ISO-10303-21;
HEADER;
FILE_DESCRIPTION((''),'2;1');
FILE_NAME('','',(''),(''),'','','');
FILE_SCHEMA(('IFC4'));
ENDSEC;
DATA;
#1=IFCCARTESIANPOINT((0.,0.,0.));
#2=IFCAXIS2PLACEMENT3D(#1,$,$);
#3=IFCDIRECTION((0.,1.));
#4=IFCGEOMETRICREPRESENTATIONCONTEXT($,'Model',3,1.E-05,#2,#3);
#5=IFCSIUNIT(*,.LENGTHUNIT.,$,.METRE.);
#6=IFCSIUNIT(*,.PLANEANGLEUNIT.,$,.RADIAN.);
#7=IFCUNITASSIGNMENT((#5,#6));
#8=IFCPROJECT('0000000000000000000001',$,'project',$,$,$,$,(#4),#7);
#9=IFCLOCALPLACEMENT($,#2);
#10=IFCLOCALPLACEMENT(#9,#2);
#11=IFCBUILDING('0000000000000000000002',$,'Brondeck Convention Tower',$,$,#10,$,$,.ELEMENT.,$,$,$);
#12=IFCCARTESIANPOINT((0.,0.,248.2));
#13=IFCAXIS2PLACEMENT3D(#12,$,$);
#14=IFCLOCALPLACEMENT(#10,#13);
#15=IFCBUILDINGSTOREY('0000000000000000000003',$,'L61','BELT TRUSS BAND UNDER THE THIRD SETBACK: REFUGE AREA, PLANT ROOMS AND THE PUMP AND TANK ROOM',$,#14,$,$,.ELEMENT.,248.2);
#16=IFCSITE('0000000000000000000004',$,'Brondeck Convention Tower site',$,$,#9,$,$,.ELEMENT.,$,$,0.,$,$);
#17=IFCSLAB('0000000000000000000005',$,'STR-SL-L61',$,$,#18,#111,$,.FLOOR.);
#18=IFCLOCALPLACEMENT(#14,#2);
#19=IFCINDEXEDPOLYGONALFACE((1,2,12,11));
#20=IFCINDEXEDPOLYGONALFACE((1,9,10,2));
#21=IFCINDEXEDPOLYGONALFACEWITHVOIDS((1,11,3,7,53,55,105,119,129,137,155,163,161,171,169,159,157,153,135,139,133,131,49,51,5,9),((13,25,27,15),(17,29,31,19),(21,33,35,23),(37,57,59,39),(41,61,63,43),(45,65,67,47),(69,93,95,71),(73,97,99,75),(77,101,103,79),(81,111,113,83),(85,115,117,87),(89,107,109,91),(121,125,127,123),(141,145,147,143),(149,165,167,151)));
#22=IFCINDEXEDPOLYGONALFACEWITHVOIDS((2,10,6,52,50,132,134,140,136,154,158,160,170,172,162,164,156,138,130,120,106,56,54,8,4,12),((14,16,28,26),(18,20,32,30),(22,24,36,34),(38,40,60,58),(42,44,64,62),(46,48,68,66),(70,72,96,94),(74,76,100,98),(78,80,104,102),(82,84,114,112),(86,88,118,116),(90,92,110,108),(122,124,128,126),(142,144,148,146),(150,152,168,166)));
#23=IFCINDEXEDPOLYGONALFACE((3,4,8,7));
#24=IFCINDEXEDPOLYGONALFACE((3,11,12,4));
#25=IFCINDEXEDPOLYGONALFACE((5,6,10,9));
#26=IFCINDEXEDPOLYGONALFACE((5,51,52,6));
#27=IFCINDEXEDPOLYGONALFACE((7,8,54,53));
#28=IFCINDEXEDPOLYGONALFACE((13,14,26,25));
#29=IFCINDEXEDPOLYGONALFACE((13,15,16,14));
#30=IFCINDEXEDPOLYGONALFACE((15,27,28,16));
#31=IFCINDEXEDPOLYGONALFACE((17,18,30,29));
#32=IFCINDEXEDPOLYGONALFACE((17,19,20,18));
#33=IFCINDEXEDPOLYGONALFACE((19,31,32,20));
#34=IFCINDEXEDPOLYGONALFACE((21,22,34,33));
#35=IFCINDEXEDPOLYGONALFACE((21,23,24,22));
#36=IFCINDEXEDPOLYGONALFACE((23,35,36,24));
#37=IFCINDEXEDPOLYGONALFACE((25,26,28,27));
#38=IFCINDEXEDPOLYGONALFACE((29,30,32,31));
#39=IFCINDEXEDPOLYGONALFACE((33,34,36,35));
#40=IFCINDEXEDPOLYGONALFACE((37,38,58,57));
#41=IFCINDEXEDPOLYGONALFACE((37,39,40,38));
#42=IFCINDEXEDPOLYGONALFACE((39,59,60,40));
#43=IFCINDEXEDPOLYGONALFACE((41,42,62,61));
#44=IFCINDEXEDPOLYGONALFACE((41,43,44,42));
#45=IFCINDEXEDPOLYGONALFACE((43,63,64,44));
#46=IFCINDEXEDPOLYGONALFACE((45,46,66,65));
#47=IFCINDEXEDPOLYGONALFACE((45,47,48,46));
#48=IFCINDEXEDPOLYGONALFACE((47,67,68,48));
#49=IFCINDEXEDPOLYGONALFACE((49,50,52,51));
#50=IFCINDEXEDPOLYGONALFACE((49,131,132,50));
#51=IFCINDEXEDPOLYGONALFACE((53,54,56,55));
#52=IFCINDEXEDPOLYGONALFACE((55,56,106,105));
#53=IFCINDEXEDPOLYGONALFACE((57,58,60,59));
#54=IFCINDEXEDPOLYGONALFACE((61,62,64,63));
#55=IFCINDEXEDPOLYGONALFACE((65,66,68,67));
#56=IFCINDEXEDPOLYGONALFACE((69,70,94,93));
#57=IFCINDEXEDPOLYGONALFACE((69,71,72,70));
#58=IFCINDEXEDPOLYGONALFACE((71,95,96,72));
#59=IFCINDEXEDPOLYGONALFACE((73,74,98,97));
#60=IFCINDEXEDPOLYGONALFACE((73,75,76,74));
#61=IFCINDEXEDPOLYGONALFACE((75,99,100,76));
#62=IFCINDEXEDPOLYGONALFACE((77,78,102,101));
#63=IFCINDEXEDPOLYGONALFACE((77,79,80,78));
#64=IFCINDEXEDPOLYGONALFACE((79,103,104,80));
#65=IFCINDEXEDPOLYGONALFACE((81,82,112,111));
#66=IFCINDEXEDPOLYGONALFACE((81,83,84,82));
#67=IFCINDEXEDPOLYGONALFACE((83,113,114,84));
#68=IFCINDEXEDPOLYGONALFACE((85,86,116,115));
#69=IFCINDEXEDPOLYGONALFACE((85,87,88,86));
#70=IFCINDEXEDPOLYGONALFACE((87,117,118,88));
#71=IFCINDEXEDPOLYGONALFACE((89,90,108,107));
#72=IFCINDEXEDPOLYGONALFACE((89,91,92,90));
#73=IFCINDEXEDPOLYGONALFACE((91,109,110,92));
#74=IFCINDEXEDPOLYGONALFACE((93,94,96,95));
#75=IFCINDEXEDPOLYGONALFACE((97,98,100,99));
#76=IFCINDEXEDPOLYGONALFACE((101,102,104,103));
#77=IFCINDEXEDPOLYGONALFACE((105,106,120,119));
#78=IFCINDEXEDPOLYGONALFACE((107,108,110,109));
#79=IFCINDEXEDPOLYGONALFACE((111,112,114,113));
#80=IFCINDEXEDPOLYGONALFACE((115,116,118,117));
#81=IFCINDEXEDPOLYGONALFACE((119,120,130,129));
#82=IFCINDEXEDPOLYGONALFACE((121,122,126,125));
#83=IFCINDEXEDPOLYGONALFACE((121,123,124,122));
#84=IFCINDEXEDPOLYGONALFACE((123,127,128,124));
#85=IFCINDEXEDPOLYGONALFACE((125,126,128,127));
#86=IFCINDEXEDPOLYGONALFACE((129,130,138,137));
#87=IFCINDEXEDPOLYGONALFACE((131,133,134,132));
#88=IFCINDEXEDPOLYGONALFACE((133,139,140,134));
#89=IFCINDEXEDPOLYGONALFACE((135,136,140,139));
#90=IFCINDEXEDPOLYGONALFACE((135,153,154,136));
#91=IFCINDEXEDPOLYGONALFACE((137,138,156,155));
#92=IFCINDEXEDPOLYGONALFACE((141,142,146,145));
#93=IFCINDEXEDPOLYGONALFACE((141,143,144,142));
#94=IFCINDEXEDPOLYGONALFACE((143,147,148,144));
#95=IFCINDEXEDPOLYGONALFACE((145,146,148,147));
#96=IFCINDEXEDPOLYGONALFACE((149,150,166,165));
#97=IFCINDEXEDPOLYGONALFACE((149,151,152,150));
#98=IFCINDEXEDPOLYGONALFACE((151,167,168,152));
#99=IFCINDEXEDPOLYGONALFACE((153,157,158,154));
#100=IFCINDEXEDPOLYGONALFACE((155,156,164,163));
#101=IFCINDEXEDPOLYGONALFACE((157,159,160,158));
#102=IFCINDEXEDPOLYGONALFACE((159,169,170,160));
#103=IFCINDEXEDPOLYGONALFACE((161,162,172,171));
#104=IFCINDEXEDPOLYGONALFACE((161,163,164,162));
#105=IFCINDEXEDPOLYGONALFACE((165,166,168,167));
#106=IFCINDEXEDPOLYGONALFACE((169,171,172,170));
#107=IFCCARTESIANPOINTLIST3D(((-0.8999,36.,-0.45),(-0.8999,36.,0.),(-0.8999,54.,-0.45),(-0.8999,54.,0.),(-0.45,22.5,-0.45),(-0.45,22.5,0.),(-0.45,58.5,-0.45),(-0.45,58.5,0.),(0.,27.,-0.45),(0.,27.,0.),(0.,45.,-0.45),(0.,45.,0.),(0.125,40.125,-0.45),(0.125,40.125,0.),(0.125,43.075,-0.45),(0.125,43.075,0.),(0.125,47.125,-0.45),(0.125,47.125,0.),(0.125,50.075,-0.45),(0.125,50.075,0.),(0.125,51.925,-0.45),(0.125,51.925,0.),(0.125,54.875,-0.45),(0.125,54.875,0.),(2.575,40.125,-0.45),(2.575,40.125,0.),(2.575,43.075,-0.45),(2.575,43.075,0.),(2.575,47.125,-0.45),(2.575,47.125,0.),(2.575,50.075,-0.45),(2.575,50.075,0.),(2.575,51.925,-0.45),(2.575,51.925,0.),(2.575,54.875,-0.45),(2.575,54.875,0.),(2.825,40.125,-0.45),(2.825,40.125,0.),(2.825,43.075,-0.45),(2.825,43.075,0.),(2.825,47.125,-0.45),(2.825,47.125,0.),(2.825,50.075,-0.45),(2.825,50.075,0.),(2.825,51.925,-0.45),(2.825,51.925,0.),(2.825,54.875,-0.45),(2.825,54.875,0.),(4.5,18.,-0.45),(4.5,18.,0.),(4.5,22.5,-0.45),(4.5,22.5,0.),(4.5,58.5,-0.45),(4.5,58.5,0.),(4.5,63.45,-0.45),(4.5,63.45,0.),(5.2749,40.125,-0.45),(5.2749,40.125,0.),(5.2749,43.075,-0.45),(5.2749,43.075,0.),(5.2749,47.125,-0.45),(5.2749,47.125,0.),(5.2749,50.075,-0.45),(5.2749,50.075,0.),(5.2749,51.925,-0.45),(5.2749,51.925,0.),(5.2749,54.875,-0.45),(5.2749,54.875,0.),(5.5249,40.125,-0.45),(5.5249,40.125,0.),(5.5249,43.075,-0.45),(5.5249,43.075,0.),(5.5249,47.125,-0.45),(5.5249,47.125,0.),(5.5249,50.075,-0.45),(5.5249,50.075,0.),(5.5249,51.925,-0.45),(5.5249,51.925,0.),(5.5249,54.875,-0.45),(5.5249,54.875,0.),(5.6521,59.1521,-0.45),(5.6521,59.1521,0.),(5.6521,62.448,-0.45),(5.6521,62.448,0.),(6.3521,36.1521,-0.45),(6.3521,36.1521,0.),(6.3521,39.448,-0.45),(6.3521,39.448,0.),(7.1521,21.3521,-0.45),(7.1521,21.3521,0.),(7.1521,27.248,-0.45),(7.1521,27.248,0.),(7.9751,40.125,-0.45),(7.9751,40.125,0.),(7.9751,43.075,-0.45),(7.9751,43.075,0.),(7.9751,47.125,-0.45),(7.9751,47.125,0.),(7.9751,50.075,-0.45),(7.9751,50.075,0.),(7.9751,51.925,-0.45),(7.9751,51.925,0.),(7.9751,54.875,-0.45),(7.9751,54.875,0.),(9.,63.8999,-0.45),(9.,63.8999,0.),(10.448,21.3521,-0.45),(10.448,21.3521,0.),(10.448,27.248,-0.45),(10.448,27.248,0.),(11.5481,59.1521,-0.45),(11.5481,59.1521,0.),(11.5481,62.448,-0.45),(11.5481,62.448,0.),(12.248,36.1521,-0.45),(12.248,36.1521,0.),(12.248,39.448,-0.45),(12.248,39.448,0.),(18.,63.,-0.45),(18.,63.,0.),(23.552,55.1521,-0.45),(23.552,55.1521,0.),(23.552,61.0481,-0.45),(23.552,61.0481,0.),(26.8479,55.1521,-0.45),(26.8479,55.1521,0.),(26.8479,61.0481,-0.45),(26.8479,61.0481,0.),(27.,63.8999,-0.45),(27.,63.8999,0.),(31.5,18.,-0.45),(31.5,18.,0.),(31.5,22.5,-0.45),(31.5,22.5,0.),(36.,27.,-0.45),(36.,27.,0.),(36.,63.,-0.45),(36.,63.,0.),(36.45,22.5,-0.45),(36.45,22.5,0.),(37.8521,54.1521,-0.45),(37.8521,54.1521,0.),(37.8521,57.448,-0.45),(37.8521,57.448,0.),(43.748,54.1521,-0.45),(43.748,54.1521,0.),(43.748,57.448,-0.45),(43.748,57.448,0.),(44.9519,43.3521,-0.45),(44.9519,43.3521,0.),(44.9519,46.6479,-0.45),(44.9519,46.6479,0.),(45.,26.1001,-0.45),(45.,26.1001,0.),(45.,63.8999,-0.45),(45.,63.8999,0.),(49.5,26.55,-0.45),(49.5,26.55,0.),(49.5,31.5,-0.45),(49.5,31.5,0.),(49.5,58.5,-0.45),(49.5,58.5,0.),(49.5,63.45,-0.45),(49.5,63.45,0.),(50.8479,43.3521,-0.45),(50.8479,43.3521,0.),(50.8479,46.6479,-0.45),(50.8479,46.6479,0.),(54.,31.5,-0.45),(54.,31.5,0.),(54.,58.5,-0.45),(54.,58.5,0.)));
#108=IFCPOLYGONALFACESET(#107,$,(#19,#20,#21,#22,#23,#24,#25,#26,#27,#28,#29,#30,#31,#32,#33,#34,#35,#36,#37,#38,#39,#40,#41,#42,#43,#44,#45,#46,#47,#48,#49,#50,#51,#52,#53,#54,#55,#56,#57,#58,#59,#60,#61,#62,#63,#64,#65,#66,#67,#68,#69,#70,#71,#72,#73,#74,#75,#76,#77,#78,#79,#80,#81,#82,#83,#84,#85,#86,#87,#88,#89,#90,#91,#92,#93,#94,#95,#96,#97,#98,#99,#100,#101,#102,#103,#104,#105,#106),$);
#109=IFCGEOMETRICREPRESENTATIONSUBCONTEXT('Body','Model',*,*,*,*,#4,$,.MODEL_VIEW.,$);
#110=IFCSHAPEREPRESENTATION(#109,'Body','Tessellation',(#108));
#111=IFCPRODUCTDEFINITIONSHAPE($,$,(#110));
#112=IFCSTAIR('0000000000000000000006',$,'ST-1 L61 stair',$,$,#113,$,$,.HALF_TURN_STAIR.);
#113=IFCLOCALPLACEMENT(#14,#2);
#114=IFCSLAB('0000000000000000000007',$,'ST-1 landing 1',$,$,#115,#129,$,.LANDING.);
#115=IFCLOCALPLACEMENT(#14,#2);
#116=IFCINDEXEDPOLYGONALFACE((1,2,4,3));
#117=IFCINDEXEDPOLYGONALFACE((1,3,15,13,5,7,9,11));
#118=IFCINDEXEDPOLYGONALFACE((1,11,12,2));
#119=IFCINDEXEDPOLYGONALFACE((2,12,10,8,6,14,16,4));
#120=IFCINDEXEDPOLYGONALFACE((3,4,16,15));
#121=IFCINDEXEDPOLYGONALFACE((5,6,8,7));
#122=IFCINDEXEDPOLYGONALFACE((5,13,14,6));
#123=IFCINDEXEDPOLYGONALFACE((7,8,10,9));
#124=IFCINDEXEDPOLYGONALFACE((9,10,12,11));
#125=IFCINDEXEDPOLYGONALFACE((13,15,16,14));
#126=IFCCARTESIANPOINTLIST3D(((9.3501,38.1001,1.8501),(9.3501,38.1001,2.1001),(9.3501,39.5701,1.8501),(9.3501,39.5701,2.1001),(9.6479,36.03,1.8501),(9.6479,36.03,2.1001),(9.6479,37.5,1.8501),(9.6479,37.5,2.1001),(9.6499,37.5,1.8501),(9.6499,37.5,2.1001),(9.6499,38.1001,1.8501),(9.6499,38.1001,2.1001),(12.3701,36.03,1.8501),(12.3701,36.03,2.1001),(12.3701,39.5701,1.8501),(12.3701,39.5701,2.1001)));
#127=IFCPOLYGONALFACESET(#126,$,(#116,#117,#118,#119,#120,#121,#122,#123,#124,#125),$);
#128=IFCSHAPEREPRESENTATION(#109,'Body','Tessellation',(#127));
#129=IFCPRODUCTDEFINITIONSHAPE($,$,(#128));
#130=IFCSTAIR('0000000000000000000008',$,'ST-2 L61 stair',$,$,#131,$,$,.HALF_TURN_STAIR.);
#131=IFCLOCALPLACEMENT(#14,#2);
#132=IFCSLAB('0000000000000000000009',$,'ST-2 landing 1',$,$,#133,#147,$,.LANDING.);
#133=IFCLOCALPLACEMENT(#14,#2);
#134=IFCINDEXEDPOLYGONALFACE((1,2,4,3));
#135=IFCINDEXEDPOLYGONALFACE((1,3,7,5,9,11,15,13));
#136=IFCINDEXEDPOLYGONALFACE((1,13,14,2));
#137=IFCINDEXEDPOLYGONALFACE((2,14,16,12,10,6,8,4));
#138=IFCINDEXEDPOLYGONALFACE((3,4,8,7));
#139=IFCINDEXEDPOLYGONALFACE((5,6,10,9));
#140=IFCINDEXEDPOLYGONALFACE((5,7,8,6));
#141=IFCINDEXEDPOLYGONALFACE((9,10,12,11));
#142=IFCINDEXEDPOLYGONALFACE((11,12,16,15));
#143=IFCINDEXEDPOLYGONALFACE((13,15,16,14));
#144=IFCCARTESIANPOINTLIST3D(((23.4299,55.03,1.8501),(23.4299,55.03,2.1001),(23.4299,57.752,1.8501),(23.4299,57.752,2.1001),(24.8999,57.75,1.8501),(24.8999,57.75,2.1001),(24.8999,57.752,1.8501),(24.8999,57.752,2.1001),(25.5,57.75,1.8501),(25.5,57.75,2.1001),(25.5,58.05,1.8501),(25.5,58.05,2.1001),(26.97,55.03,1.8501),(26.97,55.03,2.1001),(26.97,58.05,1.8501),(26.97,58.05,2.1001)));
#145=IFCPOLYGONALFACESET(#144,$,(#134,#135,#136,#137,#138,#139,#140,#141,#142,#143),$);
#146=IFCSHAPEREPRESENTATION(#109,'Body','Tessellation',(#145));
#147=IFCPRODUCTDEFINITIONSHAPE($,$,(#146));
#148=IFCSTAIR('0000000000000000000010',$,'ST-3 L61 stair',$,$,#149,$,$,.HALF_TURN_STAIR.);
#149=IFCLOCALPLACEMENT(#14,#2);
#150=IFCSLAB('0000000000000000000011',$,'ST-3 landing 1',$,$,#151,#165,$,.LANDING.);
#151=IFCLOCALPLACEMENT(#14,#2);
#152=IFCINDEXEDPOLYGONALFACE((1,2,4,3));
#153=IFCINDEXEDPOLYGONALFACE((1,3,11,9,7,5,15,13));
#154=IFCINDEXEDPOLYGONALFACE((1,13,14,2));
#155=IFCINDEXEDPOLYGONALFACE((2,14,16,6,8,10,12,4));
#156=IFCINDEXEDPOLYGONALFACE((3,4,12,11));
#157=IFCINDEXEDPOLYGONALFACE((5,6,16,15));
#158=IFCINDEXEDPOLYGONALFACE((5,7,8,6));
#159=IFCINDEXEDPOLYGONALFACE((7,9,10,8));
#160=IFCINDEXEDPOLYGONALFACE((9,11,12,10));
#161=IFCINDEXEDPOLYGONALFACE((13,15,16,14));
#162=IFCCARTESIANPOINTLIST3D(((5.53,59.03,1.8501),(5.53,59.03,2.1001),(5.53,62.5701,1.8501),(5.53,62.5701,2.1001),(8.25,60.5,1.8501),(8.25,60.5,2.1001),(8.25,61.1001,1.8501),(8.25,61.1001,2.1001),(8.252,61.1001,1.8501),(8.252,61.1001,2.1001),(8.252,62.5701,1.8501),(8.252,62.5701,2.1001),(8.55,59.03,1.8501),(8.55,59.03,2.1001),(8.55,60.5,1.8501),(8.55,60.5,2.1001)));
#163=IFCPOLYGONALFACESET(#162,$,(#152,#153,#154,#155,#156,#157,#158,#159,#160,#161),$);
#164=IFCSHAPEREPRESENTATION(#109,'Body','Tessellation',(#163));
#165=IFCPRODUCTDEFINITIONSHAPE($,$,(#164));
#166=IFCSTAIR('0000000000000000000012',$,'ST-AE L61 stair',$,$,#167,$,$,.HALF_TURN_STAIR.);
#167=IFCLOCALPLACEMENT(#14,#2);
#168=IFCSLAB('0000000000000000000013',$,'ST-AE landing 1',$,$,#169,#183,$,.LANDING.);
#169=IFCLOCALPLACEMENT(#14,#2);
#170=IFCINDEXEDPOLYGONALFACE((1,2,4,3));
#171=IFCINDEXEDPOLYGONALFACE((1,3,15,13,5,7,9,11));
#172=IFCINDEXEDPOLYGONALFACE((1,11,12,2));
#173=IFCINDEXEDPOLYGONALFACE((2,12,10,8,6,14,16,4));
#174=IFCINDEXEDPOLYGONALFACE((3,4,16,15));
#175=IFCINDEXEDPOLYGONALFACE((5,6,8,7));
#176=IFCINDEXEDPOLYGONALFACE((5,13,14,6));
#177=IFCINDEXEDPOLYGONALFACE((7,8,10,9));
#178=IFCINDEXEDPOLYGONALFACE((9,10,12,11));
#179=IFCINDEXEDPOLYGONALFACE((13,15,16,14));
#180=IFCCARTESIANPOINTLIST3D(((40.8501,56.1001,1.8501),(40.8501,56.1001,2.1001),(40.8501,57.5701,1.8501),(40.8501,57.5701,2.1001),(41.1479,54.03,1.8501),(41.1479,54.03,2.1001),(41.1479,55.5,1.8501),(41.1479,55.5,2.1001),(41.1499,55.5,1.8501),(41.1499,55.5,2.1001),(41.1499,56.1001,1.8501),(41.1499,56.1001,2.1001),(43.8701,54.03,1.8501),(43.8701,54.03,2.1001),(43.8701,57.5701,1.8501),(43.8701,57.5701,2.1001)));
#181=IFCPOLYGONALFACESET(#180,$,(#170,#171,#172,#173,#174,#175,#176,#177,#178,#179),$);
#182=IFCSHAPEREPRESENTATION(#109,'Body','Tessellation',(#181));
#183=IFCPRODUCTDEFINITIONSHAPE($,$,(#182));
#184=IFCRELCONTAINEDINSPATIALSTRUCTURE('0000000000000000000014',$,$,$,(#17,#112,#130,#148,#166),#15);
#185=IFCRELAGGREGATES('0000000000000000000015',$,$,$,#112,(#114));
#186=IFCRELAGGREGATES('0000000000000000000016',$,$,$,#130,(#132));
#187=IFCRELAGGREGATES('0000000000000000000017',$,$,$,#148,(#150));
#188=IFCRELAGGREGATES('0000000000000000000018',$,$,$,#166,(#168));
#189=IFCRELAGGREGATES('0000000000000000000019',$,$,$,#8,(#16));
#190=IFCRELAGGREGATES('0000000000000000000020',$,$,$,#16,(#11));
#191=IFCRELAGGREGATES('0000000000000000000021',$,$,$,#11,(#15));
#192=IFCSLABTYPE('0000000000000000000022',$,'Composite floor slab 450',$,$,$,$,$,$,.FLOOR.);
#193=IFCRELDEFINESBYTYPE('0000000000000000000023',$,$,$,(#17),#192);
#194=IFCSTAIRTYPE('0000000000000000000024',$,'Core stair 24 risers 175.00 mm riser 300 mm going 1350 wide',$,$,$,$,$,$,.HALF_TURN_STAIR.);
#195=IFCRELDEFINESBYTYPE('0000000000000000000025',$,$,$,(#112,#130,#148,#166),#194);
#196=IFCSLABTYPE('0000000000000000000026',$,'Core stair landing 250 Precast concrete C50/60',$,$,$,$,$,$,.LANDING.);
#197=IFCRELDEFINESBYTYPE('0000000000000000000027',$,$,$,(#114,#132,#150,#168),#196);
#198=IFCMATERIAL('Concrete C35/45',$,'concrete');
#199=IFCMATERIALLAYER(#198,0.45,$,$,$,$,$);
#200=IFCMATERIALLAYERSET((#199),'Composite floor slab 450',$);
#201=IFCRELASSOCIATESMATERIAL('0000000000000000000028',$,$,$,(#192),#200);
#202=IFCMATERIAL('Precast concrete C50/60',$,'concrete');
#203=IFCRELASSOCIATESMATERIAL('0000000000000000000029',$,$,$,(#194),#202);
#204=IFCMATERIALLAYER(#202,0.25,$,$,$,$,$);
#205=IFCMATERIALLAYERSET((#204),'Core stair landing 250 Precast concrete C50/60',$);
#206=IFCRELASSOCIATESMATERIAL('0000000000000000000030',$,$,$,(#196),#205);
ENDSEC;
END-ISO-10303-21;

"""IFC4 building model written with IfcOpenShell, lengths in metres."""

from ifc_helpers import new_model, si_unit, direction, frame, origin, place, context, subcontext, project, spatial, polyline, outline, extrude, material, layer, layer_set, type_object, element, aggregate, save


model = new_model("IFC4")

# Units and contexts
model_context = context("Model", 3, precision=1e-05, world=origin(), true_north=direction((0.0, 1.0)))
body_context = subcontext(model_context, "Body", "Model", "MODEL_VIEW")
ifc_project = project(units=[si_unit("LENGTHUNIT", "METRE"), si_unit("PLANEANGLEUNIT", "RADIAN")], contexts=[model_context])

# Site, building, storey
site_placement = place(None, origin())
site = spatial("IfcSite", under=ifc_project, at=site_placement, Name="Brondeck Convention Tower site", CompositionType="ELEMENT", RefElevation=0.0)
building_placement = place(site_placement, origin())
building = spatial("IfcBuilding", under=site, at=building_placement, Name="Brondeck Convention Tower", CompositionType="ELEMENT")
storey_placement = place(building_placement, frame((0.0, 0.0, 248.2)))
storey = spatial("IfcBuildingStorey", under=building, at=storey_placement, Name="L61", Description="BELT TRUSS BAND UNDER THE THIRD SETBACK: REFUGE AREA, PLANT ROOMS AND THE PUMP AND TANK ROOM", CompositionType="ELEMENT", Elevation=248.2)

# Slab
ifc_material_1 = material(Name="Concrete C35/45", Category="concrete")
ifc_layer_1 = layer(ifc_material_1, 0.45)
ifc_layer_set_1 = layer_set([ifc_layer_1], Name="Composite floor slab 450")
slab_type_1 = type_object("IfcSlabType", Name="Composite floor slab 450", PredefinedType="FLOOR", material=ifc_layer_set_1)
slab_1_placement = place(storey_placement, frame((0.0, 0.0, -0.45)))
element("IfcSlab", 1, at=slab_1_placement, inside=storey, type_object=slab_type_1, Name="STR-SL-L61", PredefinedType="FLOOR", context=body_context, shape_type="SweptSolid", body=[
    extrude(outline(polyline([(4.5, 22.5), (-0.45, 22.5), (0.0, 27.0), (-0.8999, 36.0), (0.0, 45.0), (-0.8999, 54.0), (-0.45, 58.5), (4.5, 58.5), (4.5, 63.45), (9.0, 63.8999), (18.0, 63.0), (27.0, 63.8999), (36.0, 63.0), (45.0, 63.8999), (49.5, 63.45), (49.5, 58.5), (54.0, 58.5), (54.0, 31.5), (49.5, 31.5), (49.5, 26.55), (45.0, 26.1001), (36.0, 27.0), (36.45, 22.5), (31.5, 22.5), (31.5, 18.0), (4.5, 18.0), (4.5, 22.5)]), holes=[polyline([(2.575, 43.075), (0.125, 43.075), (0.125, 40.125), (2.575, 40.125), (2.575, 43.075)]), polyline([(5.2749, 40.125), (5.2749, 43.075), (2.825, 43.075), (2.825, 40.125), (5.2749, 40.125)]), polyline([(7.9751, 40.125), (7.9751, 43.075), (5.5249, 43.075), (5.5249, 40.125), (7.9751, 40.125)]), polyline([(2.575, 47.125), (2.575, 50.075), (0.125, 50.075), (0.125, 47.125), (2.575, 47.125)]), polyline([(5.2749, 47.125), (5.2749, 50.075), (2.825, 50.075), (2.825, 47.125), (5.2749, 47.125)]), polyline([(7.9751, 47.125), (7.9751, 50.075), (5.5249, 50.075), (5.5249, 47.125), (7.9751, 47.125)]), polyline([(2.575, 51.925), (2.575, 54.875), (0.125, 54.875), (0.125, 51.925), (2.575, 51.925)]), polyline([(5.2749, 51.925), (5.2749, 54.875), (2.825, 54.875), (2.825, 51.925), (5.2749, 51.925)]), polyline([(10.448, 27.248), (7.1521, 27.248), (7.1521, 21.3521), (10.448, 21.3521), (10.448, 27.248)]), polyline([(12.248, 36.1521), (12.248, 39.448), (6.3521, 39.448), (6.3521, 36.1521), (12.248, 36.1521)]), polyline([(50.8479, 43.3521), (50.8479, 46.6479), (44.9519, 46.6479), (44.9519, 43.3521), (50.8479, 43.3521)]), polyline([(7.9751, 51.925), (7.9751, 54.875), (5.5249, 54.875), (5.5249, 51.925), (7.9751, 51.925)]), polyline([(43.748, 54.1521), (43.748, 57.448), (37.8521, 57.448), (37.8521, 54.1521), (43.748, 54.1521)]), polyline([(23.552, 55.1521), (26.8479, 55.1521), (26.8479, 61.0481), (23.552, 61.0481), (23.552, 55.1521)]), polyline([(5.6521, 62.448), (5.6521, 59.1521), (11.5481, 59.1521), (11.5481, 62.448), (5.6521, 62.448)])]), origin(), (0.0, 0.0, 1.0), 0.45),
])

# Stairs, slabs
ifc_material_2 = material(Name="Precast concrete C50/60", Category="concrete")
stair_type = type_object("IfcStairType", Name="Core stair 24 risers 175.00 mm riser 300 mm going 1350 wide", PredefinedType="HALF_TURN_STAIR", material=ifc_material_2)
stair_1_placement = place(storey_placement, origin())
stair_1 = element("IfcStair", 2, at=stair_1_placement, inside=storey, type_object=stair_type, Name="ST-1 L61 stair", PredefinedType="HALF_TURN_STAIR")
ifc_layer_2 = layer(ifc_material_2, 0.25)
ifc_layer_set_2 = layer_set([ifc_layer_2], Name="Core stair landing 250 Precast concrete C50/60")
slab_type_2 = type_object("IfcSlabType", Name="Core stair landing 250 Precast concrete C50/60", PredefinedType="LANDING", material=ifc_layer_set_2)
slab_2_placement = place(storey_placement, frame((0.0, 0.0, 1.8501)))
slab_2 = element("IfcSlab", 3, at=slab_2_placement, type_object=slab_type_2, Name="ST-1 landing 1", PredefinedType="LANDING", context=body_context, shape_type="SweptSolid", body=[
    extrude(outline(polyline([(9.6479, 37.5), (9.6499, 37.5), (9.6499, 38.1001), (9.3501, 38.1001), (9.3501, 39.5701), (12.3701, 39.5701), (12.3701, 36.03), (9.6479, 36.03), (9.6479, 37.5)])), origin(), (0.0, 0.0, 1.0), 0.25),
])
aggregate(stair_1, [slab_2])
stair_2_placement = place(storey_placement, origin())
stair_2 = element("IfcStair", 4, at=stair_2_placement, inside=storey, type_object=stair_type, Name="ST-2 L61 stair", PredefinedType="HALF_TURN_STAIR")
slab_3_placement = place(storey_placement, frame((0.0, 0.0, 1.8501)))
slab_3 = element("IfcSlab", 5, at=slab_3_placement, type_object=slab_type_2, Name="ST-2 landing 1", PredefinedType="LANDING", context=body_context, shape_type="SweptSolid", body=[
    extrude(outline(polyline([(23.4299, 57.752), (24.8999, 57.752), (24.8999, 57.75), (25.5, 57.75), (25.5, 58.05), (26.97, 58.05), (26.97, 55.03), (23.4299, 55.03), (23.4299, 57.752)])), origin(), (0.0, 0.0, 1.0), 0.25),
])
aggregate(stair_2, [slab_3])
stair_3_placement = place(storey_placement, origin())
stair_3 = element("IfcStair", 6, at=stair_3_placement, inside=storey, type_object=stair_type, Name="ST-3 L61 stair", PredefinedType="HALF_TURN_STAIR")
slab_4_placement = place(storey_placement, frame((0.0, 0.0, 1.8501)))
slab_4 = element("IfcSlab", 7, at=slab_4_placement, type_object=slab_type_2, Name="ST-3 landing 1", PredefinedType="LANDING", context=body_context, shape_type="SweptSolid", body=[
    extrude(outline(polyline([(8.55, 60.5), (8.55, 59.03), (5.53, 59.03), (5.53, 62.5701), (8.252, 62.5701), (8.252, 61.1001), (8.25, 61.1001), (8.25, 60.5), (8.55, 60.5)])), origin(), (0.0, 0.0, 1.0), 0.25),
])
aggregate(stair_3, [slab_4])
stair_4_placement = place(storey_placement, origin())
stair_4 = element("IfcStair", 8, at=stair_4_placement, inside=storey, type_object=stair_type, Name="ST-AE L61 stair", PredefinedType="HALF_TURN_STAIR")
slab_5_placement = place(storey_placement, frame((0.0, 0.0, 1.8501)))
slab_5 = element("IfcSlab", 9, at=slab_5_placement, type_object=slab_type_2, Name="ST-AE landing 1", PredefinedType="LANDING", context=body_context, shape_type="SweptSolid", body=[
    extrude(outline(polyline([(41.1479, 55.5), (41.1499, 55.5), (41.1499, 56.1001), (40.8501, 56.1001), (40.8501, 57.5701), (43.8701, 57.5701), (43.8701, 54.03), (41.1479, 54.03), (41.1479, 55.5)])), origin(), (0.0, 0.0, 1.0), 0.25),
])
aggregate(stair_4, [slab_5])

save(model, "model.ifc")
